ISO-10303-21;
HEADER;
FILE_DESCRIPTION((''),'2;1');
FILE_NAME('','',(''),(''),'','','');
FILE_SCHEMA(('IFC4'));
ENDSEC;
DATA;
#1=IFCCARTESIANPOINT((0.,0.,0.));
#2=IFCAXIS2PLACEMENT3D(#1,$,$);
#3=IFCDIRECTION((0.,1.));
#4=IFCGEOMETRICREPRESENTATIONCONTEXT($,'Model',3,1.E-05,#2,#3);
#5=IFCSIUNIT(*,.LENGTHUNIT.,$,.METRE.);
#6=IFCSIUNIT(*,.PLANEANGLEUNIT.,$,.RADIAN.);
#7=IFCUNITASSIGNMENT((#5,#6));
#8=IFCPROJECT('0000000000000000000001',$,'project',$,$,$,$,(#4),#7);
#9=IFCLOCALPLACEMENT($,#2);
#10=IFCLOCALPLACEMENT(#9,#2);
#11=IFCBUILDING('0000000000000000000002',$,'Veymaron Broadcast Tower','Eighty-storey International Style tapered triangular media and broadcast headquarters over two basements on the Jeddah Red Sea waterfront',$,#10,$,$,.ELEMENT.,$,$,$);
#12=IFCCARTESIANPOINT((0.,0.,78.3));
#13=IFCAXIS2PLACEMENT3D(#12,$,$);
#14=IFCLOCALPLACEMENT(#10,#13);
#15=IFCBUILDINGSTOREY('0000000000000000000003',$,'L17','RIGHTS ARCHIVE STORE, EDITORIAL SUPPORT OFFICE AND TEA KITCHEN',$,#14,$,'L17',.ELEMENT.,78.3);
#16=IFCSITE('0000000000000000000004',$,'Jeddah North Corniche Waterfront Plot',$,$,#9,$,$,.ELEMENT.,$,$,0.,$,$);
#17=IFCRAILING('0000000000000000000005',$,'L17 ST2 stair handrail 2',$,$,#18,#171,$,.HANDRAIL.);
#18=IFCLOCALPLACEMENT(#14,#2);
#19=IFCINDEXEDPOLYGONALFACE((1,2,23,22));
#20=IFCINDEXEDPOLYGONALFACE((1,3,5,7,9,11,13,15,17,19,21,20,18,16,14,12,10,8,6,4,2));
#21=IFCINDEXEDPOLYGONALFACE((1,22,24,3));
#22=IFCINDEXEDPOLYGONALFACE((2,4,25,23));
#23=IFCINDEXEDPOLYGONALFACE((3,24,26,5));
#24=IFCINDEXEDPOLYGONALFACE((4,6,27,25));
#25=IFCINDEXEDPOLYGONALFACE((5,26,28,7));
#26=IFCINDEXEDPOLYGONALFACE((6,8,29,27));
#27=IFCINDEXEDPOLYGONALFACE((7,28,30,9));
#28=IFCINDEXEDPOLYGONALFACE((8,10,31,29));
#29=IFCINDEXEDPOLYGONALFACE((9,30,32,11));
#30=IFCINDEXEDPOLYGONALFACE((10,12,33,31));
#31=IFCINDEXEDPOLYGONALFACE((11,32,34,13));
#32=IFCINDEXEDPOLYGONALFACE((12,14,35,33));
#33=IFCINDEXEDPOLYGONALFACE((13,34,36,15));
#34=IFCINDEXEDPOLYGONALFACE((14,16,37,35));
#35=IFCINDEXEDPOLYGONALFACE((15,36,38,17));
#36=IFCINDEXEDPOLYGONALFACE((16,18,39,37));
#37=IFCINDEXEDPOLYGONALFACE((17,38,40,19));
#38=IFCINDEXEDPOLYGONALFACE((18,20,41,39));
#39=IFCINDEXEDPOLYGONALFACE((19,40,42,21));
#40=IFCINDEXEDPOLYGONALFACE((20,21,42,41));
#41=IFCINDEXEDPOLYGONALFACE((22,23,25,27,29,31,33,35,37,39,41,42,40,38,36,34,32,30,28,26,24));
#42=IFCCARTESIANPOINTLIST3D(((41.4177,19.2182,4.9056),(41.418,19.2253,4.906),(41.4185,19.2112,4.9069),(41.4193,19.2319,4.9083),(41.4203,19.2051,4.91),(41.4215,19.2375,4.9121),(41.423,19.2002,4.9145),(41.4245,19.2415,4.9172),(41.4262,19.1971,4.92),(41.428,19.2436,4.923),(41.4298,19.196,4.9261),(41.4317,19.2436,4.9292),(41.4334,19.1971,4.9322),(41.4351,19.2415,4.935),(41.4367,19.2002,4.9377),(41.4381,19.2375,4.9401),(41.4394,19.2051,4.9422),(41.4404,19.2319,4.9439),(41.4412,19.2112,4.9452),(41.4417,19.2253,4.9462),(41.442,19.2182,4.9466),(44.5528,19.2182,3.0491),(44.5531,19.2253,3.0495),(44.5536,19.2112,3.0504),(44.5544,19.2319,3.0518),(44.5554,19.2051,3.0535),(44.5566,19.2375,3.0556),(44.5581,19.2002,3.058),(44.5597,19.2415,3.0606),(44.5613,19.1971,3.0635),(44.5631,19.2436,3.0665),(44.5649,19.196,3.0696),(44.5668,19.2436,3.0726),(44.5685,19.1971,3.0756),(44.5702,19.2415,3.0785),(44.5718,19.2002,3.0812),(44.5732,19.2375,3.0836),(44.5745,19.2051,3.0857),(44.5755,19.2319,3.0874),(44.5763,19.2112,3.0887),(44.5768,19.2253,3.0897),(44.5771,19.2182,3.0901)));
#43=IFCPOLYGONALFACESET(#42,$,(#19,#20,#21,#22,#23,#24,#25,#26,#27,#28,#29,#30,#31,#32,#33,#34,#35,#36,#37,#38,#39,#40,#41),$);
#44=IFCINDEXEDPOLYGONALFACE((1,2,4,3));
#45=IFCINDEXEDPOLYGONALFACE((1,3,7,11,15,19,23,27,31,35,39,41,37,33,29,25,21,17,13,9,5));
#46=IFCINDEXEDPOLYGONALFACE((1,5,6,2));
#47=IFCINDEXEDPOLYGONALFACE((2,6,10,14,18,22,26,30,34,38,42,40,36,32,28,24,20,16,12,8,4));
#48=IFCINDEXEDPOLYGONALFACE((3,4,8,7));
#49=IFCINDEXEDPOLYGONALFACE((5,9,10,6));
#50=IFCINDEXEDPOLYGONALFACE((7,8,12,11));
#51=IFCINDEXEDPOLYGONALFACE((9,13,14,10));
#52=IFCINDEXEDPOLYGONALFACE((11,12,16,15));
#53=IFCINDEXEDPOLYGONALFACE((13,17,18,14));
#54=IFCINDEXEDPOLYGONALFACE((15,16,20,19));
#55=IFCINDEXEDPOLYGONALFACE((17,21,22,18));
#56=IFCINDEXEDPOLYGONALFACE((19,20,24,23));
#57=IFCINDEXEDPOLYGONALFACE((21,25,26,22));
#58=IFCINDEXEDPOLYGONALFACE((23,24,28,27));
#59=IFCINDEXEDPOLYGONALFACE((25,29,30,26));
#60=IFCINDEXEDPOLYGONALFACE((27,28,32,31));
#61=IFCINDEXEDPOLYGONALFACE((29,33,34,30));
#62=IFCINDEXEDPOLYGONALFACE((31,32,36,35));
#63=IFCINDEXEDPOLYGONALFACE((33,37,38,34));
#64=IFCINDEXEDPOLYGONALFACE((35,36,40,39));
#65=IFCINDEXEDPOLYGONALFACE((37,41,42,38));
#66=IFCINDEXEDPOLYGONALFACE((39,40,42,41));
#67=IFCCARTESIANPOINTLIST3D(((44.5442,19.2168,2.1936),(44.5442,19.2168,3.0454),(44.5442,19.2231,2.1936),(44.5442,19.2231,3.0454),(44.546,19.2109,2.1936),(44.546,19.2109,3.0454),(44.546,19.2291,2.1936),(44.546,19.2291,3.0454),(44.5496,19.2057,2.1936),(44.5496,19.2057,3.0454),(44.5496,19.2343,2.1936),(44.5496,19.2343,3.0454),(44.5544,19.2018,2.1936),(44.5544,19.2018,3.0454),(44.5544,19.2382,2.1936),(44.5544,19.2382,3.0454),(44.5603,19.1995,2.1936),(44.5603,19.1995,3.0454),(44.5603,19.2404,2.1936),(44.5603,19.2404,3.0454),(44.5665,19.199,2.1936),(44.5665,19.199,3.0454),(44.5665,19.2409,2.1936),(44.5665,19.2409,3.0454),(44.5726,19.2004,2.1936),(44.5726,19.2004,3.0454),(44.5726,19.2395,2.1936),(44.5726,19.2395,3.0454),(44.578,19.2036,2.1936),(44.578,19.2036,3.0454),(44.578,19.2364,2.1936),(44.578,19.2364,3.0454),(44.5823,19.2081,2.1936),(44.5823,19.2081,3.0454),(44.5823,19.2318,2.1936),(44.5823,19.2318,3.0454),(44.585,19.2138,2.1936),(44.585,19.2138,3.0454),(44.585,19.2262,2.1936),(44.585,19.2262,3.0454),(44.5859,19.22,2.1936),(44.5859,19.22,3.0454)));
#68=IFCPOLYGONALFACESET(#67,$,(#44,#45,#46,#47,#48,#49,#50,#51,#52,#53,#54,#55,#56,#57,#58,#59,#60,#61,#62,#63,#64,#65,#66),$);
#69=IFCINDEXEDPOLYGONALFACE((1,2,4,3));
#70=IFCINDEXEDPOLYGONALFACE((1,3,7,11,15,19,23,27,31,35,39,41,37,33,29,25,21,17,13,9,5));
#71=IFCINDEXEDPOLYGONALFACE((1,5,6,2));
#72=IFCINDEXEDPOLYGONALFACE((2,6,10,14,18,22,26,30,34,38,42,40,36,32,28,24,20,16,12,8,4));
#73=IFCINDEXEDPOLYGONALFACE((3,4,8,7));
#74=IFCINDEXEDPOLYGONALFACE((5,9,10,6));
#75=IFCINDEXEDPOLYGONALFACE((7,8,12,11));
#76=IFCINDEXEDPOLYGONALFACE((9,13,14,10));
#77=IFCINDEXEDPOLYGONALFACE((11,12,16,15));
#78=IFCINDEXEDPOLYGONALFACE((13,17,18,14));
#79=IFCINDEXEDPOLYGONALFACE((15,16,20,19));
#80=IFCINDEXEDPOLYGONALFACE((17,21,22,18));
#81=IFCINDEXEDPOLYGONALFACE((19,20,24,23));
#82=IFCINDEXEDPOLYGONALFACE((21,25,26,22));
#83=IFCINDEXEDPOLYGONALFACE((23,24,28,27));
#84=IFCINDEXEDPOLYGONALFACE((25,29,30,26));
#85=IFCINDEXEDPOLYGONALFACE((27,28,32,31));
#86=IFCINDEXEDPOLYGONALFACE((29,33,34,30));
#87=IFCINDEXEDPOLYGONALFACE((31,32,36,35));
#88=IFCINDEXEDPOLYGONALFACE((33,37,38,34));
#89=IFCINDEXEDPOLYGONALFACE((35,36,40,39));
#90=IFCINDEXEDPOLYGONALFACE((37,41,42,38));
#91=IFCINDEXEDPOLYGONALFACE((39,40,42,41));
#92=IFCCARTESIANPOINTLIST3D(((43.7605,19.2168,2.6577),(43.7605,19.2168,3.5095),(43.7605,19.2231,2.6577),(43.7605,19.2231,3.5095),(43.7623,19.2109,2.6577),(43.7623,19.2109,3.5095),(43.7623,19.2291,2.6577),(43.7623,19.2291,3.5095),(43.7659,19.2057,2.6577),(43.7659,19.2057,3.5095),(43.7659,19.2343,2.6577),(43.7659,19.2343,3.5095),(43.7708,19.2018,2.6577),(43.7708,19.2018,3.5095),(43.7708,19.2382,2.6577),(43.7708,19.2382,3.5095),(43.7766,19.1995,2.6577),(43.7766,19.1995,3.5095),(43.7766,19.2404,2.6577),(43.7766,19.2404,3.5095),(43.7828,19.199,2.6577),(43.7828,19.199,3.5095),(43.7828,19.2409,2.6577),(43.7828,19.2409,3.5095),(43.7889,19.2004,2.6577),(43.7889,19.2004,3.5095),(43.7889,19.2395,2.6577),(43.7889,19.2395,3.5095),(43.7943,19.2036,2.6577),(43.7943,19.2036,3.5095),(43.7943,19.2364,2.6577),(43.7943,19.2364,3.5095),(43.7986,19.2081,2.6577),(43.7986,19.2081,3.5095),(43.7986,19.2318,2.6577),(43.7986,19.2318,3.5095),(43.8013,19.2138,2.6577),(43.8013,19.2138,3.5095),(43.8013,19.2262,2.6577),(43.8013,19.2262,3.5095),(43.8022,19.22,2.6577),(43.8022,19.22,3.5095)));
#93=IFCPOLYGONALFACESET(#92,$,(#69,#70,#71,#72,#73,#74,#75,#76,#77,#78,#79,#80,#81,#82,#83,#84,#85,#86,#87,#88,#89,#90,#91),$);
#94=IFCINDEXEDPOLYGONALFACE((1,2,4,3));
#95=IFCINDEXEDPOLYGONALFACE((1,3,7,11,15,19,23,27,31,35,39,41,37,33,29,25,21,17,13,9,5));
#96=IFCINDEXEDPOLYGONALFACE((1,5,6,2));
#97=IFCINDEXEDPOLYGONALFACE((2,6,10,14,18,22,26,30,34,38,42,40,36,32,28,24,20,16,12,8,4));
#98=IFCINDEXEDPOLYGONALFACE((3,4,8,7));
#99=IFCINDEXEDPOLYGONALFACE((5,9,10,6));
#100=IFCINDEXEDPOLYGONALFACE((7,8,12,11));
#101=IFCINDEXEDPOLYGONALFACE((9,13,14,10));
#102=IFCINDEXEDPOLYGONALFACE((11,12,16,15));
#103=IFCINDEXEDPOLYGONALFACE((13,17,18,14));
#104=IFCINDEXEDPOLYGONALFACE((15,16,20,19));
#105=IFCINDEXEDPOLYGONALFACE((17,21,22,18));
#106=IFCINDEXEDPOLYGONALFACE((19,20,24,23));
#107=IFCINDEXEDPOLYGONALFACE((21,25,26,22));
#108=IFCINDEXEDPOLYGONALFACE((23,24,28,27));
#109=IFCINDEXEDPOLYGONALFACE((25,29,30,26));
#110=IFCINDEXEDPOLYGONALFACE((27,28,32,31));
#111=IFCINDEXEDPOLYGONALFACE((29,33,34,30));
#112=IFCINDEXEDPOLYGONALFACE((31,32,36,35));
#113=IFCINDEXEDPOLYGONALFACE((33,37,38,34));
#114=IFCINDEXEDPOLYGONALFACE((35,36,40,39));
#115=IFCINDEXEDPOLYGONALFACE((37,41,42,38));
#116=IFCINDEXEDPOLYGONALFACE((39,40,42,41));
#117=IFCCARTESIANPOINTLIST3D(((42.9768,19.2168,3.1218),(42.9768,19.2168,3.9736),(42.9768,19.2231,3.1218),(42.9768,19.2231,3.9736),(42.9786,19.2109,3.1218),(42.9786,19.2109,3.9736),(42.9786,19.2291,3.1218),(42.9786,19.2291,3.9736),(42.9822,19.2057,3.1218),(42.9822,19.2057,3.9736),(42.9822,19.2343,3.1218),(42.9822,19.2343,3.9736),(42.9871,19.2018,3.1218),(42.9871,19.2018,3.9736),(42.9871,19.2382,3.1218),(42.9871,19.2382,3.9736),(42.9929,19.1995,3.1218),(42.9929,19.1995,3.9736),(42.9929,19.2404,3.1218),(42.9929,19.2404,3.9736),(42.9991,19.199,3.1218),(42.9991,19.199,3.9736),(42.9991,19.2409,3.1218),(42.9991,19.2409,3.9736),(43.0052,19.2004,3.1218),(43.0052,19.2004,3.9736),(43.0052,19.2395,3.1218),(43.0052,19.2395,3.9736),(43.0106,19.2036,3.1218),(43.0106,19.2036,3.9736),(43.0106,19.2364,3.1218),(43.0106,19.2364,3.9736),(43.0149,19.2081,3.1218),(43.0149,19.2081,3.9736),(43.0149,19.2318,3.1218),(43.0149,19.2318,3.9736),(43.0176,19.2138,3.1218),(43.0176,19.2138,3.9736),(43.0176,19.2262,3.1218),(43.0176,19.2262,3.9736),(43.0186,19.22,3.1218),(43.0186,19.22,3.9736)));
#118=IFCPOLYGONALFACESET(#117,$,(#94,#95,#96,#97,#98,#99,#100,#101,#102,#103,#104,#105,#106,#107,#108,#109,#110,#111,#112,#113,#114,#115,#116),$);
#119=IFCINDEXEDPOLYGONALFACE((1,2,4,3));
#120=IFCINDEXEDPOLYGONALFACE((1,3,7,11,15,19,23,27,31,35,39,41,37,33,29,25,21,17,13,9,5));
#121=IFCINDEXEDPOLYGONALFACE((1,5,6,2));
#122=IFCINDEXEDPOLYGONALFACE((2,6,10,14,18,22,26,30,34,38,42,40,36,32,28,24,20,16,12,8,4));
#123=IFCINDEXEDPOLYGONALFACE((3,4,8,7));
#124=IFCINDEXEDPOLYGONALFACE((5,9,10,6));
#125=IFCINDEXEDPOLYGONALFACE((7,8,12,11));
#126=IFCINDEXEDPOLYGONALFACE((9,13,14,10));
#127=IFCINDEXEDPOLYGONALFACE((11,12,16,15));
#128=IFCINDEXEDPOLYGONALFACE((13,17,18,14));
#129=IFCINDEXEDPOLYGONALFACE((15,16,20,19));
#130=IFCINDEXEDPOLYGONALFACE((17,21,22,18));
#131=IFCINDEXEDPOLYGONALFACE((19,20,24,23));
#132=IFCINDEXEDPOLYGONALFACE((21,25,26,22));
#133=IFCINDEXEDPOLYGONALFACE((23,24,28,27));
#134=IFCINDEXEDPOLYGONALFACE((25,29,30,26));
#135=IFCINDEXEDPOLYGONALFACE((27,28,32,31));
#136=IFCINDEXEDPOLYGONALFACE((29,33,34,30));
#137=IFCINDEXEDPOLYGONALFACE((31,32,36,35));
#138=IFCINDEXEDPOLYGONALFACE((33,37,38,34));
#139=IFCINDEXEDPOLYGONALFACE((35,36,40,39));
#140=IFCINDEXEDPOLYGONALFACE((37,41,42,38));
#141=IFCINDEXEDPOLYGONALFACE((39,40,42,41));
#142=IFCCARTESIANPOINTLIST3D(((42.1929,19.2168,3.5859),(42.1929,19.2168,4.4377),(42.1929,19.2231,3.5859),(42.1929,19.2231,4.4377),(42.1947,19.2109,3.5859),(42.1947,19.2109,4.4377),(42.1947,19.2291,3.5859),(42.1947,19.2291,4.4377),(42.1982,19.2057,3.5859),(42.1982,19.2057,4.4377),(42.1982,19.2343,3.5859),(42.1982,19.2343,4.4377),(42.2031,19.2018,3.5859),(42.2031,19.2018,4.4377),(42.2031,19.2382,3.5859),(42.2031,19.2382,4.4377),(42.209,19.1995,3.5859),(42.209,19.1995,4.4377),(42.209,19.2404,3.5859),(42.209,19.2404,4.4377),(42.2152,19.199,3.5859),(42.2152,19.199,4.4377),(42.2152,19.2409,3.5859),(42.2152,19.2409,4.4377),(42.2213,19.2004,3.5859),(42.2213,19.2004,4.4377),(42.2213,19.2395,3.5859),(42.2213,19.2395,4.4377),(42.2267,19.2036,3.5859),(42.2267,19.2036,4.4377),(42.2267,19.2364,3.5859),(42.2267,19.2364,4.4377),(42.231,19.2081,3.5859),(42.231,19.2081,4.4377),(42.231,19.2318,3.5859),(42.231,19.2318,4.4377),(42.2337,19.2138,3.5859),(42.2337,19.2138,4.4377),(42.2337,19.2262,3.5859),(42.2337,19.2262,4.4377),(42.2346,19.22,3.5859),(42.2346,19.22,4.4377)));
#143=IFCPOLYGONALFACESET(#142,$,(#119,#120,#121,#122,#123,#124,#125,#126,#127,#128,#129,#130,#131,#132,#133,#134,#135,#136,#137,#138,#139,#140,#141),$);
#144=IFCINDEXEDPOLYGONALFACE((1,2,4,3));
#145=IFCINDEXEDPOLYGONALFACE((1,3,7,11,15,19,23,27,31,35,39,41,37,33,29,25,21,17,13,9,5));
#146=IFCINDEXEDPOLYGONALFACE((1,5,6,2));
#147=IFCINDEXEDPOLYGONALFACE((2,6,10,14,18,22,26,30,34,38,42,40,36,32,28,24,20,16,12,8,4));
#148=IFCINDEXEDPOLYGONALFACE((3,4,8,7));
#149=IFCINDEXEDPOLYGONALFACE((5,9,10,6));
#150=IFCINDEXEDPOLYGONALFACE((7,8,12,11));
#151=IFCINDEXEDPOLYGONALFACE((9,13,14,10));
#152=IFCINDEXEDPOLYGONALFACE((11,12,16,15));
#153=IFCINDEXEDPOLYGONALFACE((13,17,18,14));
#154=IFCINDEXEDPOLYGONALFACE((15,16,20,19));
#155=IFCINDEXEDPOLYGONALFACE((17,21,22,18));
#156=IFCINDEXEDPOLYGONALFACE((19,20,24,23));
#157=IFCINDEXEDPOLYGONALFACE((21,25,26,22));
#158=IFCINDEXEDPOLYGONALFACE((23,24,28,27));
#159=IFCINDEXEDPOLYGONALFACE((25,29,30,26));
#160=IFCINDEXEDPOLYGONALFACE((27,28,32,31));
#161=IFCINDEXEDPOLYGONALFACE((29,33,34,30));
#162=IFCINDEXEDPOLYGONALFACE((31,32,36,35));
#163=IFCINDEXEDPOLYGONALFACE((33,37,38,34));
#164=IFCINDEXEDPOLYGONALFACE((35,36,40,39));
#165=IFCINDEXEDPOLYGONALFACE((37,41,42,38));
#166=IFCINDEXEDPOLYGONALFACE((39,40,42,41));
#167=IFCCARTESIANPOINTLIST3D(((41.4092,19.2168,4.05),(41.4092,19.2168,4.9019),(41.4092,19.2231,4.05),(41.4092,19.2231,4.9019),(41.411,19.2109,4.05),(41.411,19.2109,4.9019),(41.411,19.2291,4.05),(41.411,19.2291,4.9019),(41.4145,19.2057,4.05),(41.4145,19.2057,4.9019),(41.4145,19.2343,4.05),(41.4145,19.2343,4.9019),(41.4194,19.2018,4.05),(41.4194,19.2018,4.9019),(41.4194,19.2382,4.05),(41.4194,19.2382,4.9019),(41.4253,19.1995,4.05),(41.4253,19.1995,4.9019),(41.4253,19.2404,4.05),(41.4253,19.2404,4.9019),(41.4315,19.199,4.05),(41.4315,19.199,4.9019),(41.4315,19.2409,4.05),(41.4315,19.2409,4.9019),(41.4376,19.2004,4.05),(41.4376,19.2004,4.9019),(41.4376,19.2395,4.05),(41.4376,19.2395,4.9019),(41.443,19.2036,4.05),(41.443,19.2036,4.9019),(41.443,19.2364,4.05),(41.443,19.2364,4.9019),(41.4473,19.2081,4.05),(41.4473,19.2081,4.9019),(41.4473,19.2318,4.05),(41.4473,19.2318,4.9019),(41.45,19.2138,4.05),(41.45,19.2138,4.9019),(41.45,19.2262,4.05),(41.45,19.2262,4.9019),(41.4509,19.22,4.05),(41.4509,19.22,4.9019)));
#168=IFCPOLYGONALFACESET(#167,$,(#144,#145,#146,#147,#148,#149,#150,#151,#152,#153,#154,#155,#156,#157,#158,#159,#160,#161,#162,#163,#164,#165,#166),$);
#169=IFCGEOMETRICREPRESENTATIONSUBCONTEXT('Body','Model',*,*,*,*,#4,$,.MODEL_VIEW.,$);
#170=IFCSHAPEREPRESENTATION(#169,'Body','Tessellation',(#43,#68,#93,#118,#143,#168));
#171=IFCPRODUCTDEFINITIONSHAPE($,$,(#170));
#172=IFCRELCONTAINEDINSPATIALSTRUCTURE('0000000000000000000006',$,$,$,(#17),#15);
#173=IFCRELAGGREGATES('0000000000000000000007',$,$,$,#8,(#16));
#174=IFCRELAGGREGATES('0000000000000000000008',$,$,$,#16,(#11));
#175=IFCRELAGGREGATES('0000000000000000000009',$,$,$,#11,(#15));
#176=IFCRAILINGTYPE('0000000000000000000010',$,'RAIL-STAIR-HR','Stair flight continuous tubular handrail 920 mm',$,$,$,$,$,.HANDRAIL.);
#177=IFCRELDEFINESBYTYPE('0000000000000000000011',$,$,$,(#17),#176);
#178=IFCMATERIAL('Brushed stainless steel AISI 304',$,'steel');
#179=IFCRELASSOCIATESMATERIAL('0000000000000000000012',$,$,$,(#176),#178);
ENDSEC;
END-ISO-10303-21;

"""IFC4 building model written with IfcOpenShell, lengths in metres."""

from ifc_helpers import new_model, si_unit, direction, frame, origin, origin_2d, place, context, subcontext, project, spatial, circle, extrude, material, type_object, element, save


model = new_model("IFC4")

# Units and contexts
model_context = context("Model", 3, precision=1e-05, world=origin(), true_north=direction((0.0, 1.0)))
body_context = subcontext(model_context, "Body", "Model", "MODEL_VIEW")
ifc_project = project(units=[si_unit("LENGTHUNIT", "METRE"), si_unit("PLANEANGLEUNIT", "RADIAN")], contexts=[model_context])

# Site, building, storey
site_placement = place(None, origin())
site = spatial("IfcSite", under=ifc_project, at=site_placement, Name="Jeddah North Corniche Waterfront Plot", CompositionType="ELEMENT", RefElevation=0.0)
building_placement = place(site_placement, origin())
building = spatial("IfcBuilding", under=site, at=building_placement, Name="Veymaron Broadcast Tower", Description="Eighty-storey International Style tapered triangular media and broadcast headquarters over two basements on the Jeddah Red Sea waterfront", CompositionType="ELEMENT")
storey_placement = place(building_placement, frame((0.0, 0.0, 78.3)))
storey = spatial("IfcBuildingStorey", under=building, at=storey_placement, Name="L17", Description="RIGHTS ARCHIVE STORE, EDITORIAL SUPPORT OFFICE AND TEA KITCHEN", LongName="L17", CompositionType="ELEMENT", Elevation=78.3)

# Railing
ifc_material_1 = material(Name="Brushed stainless steel AISI 304", Category="steel")
railing_type_1 = type_object("IfcRailingType", Name="RAIL-STAIR-HR", Description="Stair flight continuous tubular handrail 920 mm", PredefinedType="HANDRAIL", material=ifc_material_1)
railing_1_placement = place(storey_placement, frame((44.5649, 19.22, 2.1936)))
element("IfcRailing", 1, at=railing_1_placement, inside=storey, type_object=railing_type_1, Name="L17 ST2 stair handrail 2", PredefinedType="HANDRAIL", context=body_context, shape_type="SweptSolid", body=[
    extrude(circle(Radius=0.0239, at=origin_2d()), frame((0.0, 0.0, 0.876), z_axis=(-0.860453, 0.0, 0.509531), x_axis=(0.0, -1.0, 0.0)), (0.0, 0.0, 1.0), 3.6436),
    extrude(circle(Radius=0.021, at=origin_2d()), origin(), (0.0, 0.0, 1.0), 0.8518),
    extrude(circle(Radius=0.021, at=origin_2d()), frame((-0.7837, 0.0, 0.4641)), (0.0, 0.0, 1.0), 0.8518),
    extrude(circle(Radius=0.021, at=origin_2d()), frame((-1.5674, 0.0, 0.9282)), (0.0, 0.0, 1.0), 0.8518),
    extrude(circle(Radius=0.021, at=origin_2d()), frame((-2.3513, 0.0, 1.3923)), (0.0, 0.0, 1.0), 0.8518),
    extrude(circle(Radius=0.021, at=origin_2d()), frame((-3.135, 0.0, 1.8564)), (0.0, 0.0, 1.0), 0.8518),
])

save(model, "model.ifc")
